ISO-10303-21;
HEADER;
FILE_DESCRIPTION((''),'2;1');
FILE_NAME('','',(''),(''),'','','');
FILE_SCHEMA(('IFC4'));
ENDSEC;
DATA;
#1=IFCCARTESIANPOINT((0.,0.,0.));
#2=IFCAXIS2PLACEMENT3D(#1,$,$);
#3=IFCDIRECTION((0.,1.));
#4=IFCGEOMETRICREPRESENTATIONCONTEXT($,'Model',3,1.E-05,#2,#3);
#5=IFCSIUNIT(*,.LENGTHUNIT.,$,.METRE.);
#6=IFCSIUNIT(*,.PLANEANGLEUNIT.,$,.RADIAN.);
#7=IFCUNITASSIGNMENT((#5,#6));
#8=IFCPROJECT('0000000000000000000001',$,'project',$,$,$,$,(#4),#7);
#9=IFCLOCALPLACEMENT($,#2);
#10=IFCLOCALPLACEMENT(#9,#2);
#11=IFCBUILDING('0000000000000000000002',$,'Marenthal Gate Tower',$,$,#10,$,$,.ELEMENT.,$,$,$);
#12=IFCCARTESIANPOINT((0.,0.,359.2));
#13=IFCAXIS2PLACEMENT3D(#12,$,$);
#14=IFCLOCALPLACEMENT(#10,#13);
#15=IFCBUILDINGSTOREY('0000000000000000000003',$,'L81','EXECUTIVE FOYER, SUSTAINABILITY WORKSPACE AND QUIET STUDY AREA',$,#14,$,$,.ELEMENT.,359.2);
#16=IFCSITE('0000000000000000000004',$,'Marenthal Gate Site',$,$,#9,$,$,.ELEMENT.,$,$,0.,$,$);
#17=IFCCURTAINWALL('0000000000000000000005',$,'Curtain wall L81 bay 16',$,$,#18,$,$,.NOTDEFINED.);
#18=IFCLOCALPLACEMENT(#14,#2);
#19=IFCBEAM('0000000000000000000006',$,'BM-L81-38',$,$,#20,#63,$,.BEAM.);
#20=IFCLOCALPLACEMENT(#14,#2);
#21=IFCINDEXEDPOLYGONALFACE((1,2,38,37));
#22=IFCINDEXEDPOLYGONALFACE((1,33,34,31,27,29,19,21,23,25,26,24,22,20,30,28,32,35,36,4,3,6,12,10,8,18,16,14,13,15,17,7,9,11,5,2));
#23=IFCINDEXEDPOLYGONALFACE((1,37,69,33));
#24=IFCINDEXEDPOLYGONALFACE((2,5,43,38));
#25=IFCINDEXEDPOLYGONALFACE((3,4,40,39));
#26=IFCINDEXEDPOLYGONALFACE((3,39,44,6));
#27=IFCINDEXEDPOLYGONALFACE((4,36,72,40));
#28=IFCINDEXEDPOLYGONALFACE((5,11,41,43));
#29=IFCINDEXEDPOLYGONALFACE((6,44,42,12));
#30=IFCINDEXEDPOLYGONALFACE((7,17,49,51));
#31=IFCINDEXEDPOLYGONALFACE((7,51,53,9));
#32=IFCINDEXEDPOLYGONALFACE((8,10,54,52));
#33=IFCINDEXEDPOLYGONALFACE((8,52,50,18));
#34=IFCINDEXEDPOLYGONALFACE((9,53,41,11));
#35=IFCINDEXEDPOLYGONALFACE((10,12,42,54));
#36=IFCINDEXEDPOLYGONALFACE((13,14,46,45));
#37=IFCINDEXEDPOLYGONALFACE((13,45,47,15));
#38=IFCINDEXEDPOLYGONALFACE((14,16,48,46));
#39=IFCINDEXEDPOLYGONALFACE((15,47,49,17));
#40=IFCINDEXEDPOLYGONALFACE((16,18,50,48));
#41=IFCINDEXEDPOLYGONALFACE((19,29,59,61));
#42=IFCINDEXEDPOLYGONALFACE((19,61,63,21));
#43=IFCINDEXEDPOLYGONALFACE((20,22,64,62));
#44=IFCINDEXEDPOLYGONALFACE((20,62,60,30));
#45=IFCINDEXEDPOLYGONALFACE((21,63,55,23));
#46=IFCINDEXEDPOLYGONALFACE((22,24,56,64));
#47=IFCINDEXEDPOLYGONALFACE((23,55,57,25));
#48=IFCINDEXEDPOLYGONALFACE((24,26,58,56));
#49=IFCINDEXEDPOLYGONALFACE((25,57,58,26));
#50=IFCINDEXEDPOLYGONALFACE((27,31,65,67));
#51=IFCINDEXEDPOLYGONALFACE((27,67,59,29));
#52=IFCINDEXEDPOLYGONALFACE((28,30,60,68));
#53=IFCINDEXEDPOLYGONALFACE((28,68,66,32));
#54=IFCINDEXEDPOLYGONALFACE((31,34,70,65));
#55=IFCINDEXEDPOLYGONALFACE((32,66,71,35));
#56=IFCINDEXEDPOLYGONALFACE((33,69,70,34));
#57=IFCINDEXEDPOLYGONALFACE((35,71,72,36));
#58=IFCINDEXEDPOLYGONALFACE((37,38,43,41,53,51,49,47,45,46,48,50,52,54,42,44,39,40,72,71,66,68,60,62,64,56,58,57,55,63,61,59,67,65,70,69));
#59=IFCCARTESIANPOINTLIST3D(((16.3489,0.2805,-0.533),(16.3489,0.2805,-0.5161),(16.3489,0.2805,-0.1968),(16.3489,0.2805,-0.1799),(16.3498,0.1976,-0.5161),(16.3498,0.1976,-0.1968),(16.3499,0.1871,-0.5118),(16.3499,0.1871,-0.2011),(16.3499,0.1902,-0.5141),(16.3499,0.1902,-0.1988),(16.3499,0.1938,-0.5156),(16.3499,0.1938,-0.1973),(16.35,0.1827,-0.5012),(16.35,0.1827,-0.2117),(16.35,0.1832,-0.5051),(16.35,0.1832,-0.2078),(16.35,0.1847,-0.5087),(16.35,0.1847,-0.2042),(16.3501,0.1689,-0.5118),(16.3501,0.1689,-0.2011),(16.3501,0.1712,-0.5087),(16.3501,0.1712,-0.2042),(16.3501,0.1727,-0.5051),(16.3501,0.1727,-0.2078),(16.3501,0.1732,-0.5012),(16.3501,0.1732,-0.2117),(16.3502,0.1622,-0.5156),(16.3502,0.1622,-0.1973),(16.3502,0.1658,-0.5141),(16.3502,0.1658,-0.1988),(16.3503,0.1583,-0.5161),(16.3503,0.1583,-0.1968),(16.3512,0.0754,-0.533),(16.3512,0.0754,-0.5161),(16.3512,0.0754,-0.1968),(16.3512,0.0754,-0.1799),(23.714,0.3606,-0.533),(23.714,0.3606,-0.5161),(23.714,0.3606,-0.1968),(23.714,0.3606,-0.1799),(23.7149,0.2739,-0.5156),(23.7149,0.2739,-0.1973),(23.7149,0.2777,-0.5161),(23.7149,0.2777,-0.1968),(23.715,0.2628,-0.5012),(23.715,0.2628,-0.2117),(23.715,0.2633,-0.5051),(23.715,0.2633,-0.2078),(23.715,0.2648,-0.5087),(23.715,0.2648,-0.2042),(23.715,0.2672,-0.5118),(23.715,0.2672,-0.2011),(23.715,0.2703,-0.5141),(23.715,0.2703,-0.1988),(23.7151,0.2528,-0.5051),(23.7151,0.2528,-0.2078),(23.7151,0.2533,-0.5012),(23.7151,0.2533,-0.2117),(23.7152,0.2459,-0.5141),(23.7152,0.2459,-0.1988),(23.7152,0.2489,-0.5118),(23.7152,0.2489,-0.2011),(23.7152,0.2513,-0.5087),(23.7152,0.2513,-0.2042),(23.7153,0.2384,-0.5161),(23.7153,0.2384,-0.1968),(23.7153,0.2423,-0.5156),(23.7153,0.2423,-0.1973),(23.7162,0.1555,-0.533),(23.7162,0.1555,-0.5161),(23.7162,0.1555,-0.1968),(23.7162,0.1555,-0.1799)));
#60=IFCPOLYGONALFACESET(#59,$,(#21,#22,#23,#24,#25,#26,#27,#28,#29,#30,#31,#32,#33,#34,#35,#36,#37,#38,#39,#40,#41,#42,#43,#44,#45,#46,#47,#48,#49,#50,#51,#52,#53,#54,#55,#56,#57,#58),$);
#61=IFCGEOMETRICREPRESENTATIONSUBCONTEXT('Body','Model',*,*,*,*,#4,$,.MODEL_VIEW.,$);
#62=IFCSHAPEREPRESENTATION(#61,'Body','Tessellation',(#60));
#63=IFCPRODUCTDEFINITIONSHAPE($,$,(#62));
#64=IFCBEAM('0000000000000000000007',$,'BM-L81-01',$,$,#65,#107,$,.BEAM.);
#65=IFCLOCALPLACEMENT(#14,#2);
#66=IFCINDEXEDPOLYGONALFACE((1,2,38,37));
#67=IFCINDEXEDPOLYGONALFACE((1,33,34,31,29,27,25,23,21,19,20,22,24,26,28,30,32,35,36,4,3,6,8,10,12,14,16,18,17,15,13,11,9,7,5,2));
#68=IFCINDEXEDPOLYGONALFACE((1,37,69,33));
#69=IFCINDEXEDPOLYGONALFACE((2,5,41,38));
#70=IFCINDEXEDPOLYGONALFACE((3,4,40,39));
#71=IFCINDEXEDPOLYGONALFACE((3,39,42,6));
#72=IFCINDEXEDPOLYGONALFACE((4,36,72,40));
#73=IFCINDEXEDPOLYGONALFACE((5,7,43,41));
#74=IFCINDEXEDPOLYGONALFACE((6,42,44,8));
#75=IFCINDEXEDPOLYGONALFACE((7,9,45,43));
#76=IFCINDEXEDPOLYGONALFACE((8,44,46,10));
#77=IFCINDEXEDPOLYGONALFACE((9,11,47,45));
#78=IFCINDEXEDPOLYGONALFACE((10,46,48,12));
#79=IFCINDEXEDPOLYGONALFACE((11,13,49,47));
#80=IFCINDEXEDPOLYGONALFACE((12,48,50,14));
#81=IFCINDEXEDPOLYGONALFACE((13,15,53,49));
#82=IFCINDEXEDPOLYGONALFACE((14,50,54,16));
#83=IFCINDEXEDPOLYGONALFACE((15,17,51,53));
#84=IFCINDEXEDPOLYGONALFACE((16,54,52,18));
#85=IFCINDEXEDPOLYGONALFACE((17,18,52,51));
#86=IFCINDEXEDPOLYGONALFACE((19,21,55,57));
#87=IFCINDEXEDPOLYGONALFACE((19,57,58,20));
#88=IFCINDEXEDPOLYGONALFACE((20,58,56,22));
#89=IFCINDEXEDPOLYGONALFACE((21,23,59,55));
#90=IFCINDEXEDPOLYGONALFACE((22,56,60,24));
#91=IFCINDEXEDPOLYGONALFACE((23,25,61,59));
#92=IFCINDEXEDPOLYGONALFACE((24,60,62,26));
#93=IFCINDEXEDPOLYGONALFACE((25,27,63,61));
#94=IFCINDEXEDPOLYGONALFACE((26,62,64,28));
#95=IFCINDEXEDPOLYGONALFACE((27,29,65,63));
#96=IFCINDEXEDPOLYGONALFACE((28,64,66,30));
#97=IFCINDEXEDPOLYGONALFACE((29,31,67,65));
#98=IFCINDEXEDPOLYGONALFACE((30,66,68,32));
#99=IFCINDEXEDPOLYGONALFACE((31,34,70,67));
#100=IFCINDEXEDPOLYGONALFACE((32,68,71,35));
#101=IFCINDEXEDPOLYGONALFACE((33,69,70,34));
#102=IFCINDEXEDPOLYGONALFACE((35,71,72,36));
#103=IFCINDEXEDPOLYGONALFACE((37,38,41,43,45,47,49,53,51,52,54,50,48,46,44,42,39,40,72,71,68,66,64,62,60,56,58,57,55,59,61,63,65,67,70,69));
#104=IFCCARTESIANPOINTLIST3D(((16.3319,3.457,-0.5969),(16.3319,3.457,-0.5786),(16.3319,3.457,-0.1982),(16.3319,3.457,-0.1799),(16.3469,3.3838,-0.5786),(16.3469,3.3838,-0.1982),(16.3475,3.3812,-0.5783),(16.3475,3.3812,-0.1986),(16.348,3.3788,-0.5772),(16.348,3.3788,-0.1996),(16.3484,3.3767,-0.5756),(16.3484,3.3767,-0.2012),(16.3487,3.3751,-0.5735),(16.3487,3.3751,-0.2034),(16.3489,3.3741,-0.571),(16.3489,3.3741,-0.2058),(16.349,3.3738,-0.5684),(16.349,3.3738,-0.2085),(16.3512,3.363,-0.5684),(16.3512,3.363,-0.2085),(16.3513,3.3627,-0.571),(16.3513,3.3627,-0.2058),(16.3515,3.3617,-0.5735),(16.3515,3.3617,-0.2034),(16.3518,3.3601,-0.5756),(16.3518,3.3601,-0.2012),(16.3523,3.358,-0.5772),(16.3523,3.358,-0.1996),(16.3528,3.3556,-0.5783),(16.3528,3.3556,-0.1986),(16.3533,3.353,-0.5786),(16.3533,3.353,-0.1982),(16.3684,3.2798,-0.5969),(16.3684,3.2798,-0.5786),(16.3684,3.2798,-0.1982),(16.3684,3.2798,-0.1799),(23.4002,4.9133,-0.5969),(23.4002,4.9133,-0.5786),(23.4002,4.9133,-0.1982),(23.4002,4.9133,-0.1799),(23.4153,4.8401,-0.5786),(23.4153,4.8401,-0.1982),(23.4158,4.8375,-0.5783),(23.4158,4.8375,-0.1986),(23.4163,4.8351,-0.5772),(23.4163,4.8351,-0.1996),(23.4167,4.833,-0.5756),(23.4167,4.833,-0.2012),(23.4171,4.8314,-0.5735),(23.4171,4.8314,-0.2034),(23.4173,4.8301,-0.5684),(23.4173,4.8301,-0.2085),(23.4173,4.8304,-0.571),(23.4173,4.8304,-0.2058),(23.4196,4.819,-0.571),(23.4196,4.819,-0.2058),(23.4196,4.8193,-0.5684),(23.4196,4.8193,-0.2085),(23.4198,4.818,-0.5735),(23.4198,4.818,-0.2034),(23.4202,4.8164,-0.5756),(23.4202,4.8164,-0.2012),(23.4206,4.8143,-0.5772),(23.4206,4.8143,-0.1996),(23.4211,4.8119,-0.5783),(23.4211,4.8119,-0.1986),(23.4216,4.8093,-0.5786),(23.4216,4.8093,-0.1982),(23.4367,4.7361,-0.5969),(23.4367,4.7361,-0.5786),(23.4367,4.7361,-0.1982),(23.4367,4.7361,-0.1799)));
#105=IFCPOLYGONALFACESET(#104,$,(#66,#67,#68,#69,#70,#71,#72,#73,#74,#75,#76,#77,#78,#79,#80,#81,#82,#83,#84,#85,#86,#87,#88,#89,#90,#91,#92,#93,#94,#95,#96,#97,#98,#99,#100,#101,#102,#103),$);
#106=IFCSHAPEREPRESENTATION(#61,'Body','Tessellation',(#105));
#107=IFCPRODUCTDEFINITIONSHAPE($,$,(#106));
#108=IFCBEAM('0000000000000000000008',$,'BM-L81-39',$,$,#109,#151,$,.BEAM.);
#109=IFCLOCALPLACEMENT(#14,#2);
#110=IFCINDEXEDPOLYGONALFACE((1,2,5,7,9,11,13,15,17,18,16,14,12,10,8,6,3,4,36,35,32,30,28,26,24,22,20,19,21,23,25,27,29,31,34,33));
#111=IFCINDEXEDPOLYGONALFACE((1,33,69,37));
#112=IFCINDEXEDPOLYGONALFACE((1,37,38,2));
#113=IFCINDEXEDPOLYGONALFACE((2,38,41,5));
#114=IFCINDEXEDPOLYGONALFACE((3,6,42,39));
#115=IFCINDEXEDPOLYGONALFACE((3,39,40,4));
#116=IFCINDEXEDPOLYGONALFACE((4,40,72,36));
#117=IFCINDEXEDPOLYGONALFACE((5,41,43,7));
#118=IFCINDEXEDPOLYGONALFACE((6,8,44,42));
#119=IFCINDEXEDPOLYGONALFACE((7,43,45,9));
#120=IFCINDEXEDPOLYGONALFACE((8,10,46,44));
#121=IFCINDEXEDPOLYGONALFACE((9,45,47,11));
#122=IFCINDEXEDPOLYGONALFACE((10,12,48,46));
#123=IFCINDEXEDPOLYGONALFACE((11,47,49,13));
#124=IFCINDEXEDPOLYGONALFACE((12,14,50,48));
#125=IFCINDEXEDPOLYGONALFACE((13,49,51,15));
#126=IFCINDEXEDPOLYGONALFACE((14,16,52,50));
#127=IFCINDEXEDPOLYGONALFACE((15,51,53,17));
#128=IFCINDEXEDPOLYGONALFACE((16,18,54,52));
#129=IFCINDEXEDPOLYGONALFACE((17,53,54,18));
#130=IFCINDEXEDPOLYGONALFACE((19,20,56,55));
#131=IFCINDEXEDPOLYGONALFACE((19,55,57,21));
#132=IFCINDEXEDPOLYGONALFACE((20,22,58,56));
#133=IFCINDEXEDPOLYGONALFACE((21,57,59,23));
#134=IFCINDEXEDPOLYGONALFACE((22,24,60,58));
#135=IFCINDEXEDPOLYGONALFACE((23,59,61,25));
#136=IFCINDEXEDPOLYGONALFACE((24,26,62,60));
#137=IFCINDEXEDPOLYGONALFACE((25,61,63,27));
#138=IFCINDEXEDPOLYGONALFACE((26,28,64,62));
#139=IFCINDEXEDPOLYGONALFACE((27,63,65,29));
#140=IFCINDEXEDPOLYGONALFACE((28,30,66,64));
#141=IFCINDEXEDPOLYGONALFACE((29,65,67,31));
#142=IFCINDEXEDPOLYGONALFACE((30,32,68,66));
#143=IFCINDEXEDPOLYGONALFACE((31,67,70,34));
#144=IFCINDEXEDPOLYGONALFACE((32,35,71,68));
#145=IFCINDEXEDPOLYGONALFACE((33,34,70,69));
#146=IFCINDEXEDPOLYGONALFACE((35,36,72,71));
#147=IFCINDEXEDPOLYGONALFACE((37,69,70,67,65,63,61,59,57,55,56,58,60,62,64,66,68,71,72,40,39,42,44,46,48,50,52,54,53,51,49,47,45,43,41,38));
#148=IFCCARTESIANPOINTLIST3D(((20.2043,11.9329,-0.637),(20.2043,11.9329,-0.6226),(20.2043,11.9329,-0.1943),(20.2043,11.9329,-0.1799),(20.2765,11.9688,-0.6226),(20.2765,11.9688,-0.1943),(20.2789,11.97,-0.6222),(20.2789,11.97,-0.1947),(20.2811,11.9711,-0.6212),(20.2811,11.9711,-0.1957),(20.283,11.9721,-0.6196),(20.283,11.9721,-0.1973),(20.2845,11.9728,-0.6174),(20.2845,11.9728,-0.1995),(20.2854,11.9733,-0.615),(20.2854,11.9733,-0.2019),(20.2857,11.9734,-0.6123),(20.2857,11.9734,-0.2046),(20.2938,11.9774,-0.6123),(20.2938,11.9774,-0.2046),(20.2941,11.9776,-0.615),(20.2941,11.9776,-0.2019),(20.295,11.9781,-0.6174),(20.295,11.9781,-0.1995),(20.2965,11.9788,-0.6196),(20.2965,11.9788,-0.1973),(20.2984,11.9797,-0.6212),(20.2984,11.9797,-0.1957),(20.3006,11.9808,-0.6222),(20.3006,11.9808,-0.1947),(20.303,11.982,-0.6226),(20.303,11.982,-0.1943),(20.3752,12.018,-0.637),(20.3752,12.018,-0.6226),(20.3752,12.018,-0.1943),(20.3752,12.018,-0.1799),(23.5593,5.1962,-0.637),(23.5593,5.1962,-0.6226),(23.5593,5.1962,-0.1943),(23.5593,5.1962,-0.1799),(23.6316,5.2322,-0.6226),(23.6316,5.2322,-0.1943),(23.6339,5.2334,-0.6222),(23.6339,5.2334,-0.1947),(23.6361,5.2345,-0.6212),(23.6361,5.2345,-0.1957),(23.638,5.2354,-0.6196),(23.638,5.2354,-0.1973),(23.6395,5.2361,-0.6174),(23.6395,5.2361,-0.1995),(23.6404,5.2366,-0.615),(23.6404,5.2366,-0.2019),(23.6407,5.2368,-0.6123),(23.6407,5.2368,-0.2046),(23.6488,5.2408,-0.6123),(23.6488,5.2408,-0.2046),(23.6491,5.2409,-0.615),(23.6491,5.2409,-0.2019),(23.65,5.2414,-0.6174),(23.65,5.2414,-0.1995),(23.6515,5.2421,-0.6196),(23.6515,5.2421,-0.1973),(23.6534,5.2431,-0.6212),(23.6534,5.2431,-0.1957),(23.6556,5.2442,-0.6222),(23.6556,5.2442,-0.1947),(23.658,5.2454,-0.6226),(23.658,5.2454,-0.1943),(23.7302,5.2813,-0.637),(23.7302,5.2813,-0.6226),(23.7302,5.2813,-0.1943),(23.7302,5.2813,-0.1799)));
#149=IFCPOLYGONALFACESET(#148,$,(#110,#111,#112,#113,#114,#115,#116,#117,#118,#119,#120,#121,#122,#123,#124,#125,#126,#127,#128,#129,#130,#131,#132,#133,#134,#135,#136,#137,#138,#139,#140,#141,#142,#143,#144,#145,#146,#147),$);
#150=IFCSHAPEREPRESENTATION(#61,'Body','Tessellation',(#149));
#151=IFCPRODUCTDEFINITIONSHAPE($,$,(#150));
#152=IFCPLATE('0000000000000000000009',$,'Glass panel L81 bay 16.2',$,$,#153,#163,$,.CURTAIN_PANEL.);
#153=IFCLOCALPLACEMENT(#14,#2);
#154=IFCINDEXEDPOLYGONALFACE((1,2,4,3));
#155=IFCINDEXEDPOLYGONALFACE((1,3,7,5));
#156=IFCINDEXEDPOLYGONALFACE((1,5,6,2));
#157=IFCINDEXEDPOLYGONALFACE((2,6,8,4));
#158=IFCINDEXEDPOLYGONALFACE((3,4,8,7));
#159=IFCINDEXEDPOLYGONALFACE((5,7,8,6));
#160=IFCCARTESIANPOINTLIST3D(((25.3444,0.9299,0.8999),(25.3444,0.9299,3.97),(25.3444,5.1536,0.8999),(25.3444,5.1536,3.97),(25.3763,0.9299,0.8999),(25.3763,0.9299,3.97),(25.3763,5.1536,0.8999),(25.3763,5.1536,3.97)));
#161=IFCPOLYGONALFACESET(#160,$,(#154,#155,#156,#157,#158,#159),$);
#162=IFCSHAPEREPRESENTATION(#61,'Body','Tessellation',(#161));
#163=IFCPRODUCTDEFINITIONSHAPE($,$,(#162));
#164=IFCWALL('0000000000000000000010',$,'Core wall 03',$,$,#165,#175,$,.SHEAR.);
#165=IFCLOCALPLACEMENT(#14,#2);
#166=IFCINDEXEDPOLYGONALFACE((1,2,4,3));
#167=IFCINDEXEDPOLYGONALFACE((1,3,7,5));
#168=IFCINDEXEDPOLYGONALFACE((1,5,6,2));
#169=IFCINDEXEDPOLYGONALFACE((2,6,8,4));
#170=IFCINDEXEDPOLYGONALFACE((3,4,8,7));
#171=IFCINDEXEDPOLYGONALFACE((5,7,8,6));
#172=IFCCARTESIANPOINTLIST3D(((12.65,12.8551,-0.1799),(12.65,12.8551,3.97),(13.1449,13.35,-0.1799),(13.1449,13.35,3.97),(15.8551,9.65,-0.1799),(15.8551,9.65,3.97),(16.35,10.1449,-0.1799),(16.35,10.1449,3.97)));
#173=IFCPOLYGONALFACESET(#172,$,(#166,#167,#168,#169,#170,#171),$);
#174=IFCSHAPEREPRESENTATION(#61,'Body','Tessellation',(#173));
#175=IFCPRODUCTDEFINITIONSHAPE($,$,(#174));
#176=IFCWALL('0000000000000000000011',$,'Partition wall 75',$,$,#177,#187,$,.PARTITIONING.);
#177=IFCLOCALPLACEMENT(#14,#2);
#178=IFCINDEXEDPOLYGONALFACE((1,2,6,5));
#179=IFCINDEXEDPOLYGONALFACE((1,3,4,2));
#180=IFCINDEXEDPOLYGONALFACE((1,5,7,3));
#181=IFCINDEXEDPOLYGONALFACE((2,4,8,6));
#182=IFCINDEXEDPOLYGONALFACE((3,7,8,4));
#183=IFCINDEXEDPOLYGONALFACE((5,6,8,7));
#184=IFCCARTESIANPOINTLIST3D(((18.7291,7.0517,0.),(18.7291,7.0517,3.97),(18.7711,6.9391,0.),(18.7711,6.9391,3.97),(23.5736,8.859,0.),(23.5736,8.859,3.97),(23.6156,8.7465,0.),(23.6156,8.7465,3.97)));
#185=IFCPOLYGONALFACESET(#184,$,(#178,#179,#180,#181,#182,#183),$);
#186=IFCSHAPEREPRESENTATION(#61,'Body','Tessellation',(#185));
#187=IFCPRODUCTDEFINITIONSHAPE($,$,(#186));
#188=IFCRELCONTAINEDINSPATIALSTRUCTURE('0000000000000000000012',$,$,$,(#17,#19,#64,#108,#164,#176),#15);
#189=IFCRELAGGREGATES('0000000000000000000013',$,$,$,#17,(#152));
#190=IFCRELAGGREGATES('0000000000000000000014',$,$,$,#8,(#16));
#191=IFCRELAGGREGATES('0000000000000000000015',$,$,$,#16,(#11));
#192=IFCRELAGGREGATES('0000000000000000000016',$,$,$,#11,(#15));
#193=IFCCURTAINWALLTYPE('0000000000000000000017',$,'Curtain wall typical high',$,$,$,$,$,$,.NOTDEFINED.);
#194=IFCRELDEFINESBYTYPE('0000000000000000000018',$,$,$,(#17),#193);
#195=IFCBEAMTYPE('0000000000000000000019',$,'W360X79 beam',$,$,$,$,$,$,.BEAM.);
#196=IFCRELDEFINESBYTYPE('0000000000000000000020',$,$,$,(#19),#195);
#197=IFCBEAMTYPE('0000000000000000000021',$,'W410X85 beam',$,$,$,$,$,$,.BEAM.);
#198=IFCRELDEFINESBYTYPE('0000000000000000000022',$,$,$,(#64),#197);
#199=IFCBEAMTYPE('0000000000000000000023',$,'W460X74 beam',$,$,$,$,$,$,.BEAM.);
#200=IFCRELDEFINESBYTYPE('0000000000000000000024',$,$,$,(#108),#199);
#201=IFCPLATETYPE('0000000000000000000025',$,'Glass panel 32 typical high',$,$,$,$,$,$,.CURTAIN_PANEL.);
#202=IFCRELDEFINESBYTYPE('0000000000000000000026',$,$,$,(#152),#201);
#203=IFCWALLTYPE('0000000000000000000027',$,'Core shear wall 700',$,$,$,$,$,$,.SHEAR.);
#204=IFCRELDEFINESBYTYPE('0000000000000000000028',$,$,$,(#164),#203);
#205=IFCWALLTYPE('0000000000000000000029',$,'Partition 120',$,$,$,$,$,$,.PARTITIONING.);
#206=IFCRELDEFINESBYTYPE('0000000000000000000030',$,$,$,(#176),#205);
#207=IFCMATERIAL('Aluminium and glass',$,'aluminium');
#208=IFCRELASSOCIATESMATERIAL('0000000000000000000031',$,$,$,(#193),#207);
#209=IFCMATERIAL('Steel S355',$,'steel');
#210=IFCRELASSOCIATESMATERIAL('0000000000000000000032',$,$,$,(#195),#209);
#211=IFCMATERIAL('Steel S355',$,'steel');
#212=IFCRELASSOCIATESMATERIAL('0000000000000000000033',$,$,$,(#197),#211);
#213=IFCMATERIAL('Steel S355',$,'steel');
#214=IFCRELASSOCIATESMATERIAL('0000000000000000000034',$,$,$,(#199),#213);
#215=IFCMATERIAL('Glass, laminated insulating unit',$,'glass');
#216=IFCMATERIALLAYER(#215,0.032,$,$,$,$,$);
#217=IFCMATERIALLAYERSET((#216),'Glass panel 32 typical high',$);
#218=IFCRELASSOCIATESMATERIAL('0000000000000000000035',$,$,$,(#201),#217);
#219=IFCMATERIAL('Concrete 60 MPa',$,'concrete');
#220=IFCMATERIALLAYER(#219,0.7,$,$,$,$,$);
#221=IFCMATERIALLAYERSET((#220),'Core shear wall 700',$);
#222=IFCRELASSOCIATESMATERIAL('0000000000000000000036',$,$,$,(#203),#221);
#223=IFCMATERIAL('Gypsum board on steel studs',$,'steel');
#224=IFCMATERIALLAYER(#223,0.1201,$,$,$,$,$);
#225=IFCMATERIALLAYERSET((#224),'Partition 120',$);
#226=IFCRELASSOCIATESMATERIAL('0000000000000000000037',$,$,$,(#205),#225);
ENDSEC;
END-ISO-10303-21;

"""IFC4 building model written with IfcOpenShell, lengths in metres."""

from ifc_helpers import new_model, si_unit, direction, frame, frame_2d, origin, origin_2d, place, context, subcontext, project, spatial, rectangle, i_section, extrude, material, layer, layer_set, material_profile, profile_set, type_object, element, aggregate, save


model = new_model("IFC4")

# Units and contexts
model_context = context("Model", 3, precision=1e-05, world=origin(), true_north=direction((0.0, 1.0)))
body_context = subcontext(model_context, "Body", "Model", "MODEL_VIEW")
ifc_project = project(units=[si_unit("LENGTHUNIT", "METRE"), si_unit("PLANEANGLEUNIT", "RADIAN")], contexts=[model_context])

# Site, building, storey
site_placement = place(None, origin())
site = spatial("IfcSite", under=ifc_project, at=site_placement, Name="Marenthal Gate Site", CompositionType="ELEMENT", RefElevation=0.0)
building_placement = place(site_placement, origin())
building = spatial("IfcBuilding", under=site, at=building_placement, Name="Marenthal Gate Tower", CompositionType="ELEMENT")
storey_placement = place(building_placement, frame((0.0, 0.0, 359.2)))
storey = spatial("IfcBuildingStorey", under=building, at=storey_placement, Name="L81", Description="EXECUTIVE FOYER, SUSTAINABILITY WORKSPACE AND QUIET STUDY AREA", CompositionType="ELEMENT", Elevation=359.2)

# Curtain wall
ifc_material_1 = material(Name="Aluminium and glass", Category="aluminium")
curtain_wall_type = type_object("IfcCurtainWallType", Name="Curtain wall typical high", PredefinedType="NOTDEFINED", material=ifc_material_1)
curtain_wall_placement = place(storey_placement, origin())
curtain_wall = element("IfcCurtainWall", 1, at=curtain_wall_placement, inside=storey, type_object=curtain_wall_type, Name="Curtain wall L81 bay 16", PredefinedType="NOTDEFINED")

# Beams
ifc_material_2 = material(Name="Steel S355", Category="steel")
ifc_material_profile_1 = material_profile(ifc_material_2, i_section(OverallWidth=0.2051, OverallDepth=0.353, WebThickness=0.0095, FlangeThickness=0.0168, FilletRadius=0.0149, at=origin_2d()), Name="W360X79")
ifc_profile_set_1 = profile_set([ifc_material_profile_1], Name="Steel S355")
beam_type_1 = type_object("IfcBeamType", Name="W360X79 beam", PredefinedType="BEAM", material=ifc_profile_set_1)
beam_1_placement = place(storey_placement, frame((23.7151, 0.2581, -0.3564), z_axis=(-0.999941, -0.010872, 0.0), x_axis=(0.010872, -0.999941, 0.0)))
element("IfcBeam", 2, at=beam_1_placement, inside=storey, type_object=beam_type_1, Name="BM-L81-38", PredefinedType="BEAM", context=body_context, shape_type="SweptSolid", body=[
    extrude(i_section(OverallWidth=0.2051, OverallDepth=0.353, WebThickness=0.0095, FlangeThickness=0.0168, FilletRadius=0.0149, at=origin_2d()), origin(), (0.0, 0.0, 1.0), 7.3655),
])
ifc_material_3 = material(Name="Steel S355", Category="steel")
ifc_material_profile_2 = material_profile(ifc_material_3, i_section(OverallWidth=0.1809, OverallDepth=0.417, WebThickness=0.011, FlangeThickness=0.0183, FilletRadius=0.0103, at=origin_2d()), Name="W410X85")
ifc_profile_set_2 = profile_set([ifc_material_profile_2], Name="Steel S355")
beam_type_2 = type_object("IfcBeamType", Name="W410X85 beam", PredefinedType="BEAM", material=ifc_profile_set_2)
beam_2_placement = place(storey_placement, frame((23.4185, 4.8247, -0.3884), z_axis=(-0.979428, -0.201792, 0.0), x_axis=(0.201792, -0.979428, 0.0)))
element("IfcBeam", 3, at=beam_2_placement, inside=storey, type_object=beam_type_2, Name="BM-L81-01", PredefinedType="BEAM", context=body_context, shape_type="SweptSolid", body=[
    extrude(i_section(OverallWidth=0.1809, OverallDepth=0.417, WebThickness=0.011, FlangeThickness=0.0183, FilletRadius=0.0103, at=origin_2d()), origin(), (0.0, 0.0, 1.0), 7.2168),
])
ifc_material_4 = material(Name="Steel S355", Category="steel")
ifc_material_profile_3 = material_profile(ifc_material_4, i_section(OverallWidth=0.1909, OverallDepth=0.457, WebThickness=0.009, FlangeThickness=0.0144, FilletRadius=0.0103, at=origin_2d()), Name="W460X74")
ifc_profile_set_3 = profile_set([ifc_material_profile_3], Name="Steel S355")
beam_type_3 = type_object("IfcBeamType", Name="W460X74 beam", PredefinedType="BEAM", material=ifc_profile_set_3)
beam_3_placement = place(storey_placement, frame((23.6448, 5.2388, -0.4084), z_axis=(-0.445799, 0.895133, 0.0), x_axis=(-0.895133, -0.445799, 0.0)))
element("IfcBeam", 4, at=beam_3_placement, inside=storey, type_object=beam_type_3, Name="BM-L81-39", PredefinedType="BEAM", context=body_context, shape_type="SweptSolid", body=[
    extrude(i_section(OverallWidth=0.1909, OverallDepth=0.457, WebThickness=0.009, FlangeThickness=0.0144, FilletRadius=0.0103, at=origin_2d()), origin(), (0.0, 0.0, 1.0), 7.5259),
])

# Plate
ifc_material_5 = material(Name="Glass, laminated insulating unit", Category="glass")
ifc_layer_1 = layer(ifc_material_5, 0.032)
ifc_layer_set_1 = layer_set([ifc_layer_1], Name="Glass panel 32 typical high")
plate_type = type_object("IfcPlateType", Name="Glass panel 32 typical high", PredefinedType="CURTAIN_PANEL", material=ifc_layer_set_1)
plate_placement = place(storey_placement, frame((25.3604, 3.0417, 0.8999), z_axis=(0.0, 0.0, 1.0), x_axis=(0.0, 1.0, 0.0)))
plate = element("IfcPlate", 5, at=plate_placement, type_object=plate_type, Name="Glass panel L81 bay 16.2", PredefinedType="CURTAIN_PANEL", context=body_context, shape_type="SweptSolid", body=[
    extrude(rectangle(XDim=4.2236, YDim=0.032, at=origin_2d()), origin(), (0.0, 0.0, 1.0), 3.0701),
])
aggregate(curtain_wall, [plate])

# Walls
ifc_material_6 = material(Name="Concrete 60 MPa", Category="concrete")
ifc_layer_2 = layer(ifc_material_6, 0.7)
ifc_layer_set_2 = layer_set([ifc_layer_2], Name="Core shear wall 700")
wall_type_1 = type_object("IfcWallType", Name="Core shear wall 700", PredefinedType="SHEAR", material=ifc_layer_set_2)
wall_1_placement = place(storey_placement, frame((16.1025, 9.8975, -0.1799), z_axis=(0.0, 0.0, 1.0), x_axis=(-0.707107, 0.707107, 0.0)))
element("IfcWall", 6, at=wall_1_placement, inside=storey, type_object=wall_type_1, Name="Core wall 03", PredefinedType="SHEAR", context=body_context, shape_type="SweptSolid", body=[
    extrude(rectangle(XDim=4.5327, YDim=0.7, at=frame_2d((2.2664, 0.0))), origin(), (0.0, 0.0, 1.0), 4.1499),
])
ifc_material_7 = material(Name="Gypsum board on steel studs", Category="steel")
ifc_layer_3 = layer(ifc_material_7, 0.1201)
ifc_layer_set_3 = layer_set([ifc_layer_3], Name="Partition 120")
wall_type_2 = type_object("IfcWallType", Name="Partition 120", PredefinedType="PARTITIONING", material=ifc_layer_set_3)
wall_2_placement = place(storey_placement, frame((18.75, 6.9954, 0.0), z_axis=(0.0, 0.0, 1.0), x_axis=(0.93692, 0.349545, 0.0)))
element("IfcWall", 7, at=wall_2_placement, inside=storey, type_object=wall_type_2, Name="Partition wall 75", PredefinedType="PARTITIONING", context=body_context, shape_type="SweptSolid", body=[
    extrude(rectangle(XDim=5.1707, YDim=0.1201, at=frame_2d((2.5854, 0.0))), origin(), (0.0, 0.0, 1.0), 3.97),
])

save(model, "model.ifc")
